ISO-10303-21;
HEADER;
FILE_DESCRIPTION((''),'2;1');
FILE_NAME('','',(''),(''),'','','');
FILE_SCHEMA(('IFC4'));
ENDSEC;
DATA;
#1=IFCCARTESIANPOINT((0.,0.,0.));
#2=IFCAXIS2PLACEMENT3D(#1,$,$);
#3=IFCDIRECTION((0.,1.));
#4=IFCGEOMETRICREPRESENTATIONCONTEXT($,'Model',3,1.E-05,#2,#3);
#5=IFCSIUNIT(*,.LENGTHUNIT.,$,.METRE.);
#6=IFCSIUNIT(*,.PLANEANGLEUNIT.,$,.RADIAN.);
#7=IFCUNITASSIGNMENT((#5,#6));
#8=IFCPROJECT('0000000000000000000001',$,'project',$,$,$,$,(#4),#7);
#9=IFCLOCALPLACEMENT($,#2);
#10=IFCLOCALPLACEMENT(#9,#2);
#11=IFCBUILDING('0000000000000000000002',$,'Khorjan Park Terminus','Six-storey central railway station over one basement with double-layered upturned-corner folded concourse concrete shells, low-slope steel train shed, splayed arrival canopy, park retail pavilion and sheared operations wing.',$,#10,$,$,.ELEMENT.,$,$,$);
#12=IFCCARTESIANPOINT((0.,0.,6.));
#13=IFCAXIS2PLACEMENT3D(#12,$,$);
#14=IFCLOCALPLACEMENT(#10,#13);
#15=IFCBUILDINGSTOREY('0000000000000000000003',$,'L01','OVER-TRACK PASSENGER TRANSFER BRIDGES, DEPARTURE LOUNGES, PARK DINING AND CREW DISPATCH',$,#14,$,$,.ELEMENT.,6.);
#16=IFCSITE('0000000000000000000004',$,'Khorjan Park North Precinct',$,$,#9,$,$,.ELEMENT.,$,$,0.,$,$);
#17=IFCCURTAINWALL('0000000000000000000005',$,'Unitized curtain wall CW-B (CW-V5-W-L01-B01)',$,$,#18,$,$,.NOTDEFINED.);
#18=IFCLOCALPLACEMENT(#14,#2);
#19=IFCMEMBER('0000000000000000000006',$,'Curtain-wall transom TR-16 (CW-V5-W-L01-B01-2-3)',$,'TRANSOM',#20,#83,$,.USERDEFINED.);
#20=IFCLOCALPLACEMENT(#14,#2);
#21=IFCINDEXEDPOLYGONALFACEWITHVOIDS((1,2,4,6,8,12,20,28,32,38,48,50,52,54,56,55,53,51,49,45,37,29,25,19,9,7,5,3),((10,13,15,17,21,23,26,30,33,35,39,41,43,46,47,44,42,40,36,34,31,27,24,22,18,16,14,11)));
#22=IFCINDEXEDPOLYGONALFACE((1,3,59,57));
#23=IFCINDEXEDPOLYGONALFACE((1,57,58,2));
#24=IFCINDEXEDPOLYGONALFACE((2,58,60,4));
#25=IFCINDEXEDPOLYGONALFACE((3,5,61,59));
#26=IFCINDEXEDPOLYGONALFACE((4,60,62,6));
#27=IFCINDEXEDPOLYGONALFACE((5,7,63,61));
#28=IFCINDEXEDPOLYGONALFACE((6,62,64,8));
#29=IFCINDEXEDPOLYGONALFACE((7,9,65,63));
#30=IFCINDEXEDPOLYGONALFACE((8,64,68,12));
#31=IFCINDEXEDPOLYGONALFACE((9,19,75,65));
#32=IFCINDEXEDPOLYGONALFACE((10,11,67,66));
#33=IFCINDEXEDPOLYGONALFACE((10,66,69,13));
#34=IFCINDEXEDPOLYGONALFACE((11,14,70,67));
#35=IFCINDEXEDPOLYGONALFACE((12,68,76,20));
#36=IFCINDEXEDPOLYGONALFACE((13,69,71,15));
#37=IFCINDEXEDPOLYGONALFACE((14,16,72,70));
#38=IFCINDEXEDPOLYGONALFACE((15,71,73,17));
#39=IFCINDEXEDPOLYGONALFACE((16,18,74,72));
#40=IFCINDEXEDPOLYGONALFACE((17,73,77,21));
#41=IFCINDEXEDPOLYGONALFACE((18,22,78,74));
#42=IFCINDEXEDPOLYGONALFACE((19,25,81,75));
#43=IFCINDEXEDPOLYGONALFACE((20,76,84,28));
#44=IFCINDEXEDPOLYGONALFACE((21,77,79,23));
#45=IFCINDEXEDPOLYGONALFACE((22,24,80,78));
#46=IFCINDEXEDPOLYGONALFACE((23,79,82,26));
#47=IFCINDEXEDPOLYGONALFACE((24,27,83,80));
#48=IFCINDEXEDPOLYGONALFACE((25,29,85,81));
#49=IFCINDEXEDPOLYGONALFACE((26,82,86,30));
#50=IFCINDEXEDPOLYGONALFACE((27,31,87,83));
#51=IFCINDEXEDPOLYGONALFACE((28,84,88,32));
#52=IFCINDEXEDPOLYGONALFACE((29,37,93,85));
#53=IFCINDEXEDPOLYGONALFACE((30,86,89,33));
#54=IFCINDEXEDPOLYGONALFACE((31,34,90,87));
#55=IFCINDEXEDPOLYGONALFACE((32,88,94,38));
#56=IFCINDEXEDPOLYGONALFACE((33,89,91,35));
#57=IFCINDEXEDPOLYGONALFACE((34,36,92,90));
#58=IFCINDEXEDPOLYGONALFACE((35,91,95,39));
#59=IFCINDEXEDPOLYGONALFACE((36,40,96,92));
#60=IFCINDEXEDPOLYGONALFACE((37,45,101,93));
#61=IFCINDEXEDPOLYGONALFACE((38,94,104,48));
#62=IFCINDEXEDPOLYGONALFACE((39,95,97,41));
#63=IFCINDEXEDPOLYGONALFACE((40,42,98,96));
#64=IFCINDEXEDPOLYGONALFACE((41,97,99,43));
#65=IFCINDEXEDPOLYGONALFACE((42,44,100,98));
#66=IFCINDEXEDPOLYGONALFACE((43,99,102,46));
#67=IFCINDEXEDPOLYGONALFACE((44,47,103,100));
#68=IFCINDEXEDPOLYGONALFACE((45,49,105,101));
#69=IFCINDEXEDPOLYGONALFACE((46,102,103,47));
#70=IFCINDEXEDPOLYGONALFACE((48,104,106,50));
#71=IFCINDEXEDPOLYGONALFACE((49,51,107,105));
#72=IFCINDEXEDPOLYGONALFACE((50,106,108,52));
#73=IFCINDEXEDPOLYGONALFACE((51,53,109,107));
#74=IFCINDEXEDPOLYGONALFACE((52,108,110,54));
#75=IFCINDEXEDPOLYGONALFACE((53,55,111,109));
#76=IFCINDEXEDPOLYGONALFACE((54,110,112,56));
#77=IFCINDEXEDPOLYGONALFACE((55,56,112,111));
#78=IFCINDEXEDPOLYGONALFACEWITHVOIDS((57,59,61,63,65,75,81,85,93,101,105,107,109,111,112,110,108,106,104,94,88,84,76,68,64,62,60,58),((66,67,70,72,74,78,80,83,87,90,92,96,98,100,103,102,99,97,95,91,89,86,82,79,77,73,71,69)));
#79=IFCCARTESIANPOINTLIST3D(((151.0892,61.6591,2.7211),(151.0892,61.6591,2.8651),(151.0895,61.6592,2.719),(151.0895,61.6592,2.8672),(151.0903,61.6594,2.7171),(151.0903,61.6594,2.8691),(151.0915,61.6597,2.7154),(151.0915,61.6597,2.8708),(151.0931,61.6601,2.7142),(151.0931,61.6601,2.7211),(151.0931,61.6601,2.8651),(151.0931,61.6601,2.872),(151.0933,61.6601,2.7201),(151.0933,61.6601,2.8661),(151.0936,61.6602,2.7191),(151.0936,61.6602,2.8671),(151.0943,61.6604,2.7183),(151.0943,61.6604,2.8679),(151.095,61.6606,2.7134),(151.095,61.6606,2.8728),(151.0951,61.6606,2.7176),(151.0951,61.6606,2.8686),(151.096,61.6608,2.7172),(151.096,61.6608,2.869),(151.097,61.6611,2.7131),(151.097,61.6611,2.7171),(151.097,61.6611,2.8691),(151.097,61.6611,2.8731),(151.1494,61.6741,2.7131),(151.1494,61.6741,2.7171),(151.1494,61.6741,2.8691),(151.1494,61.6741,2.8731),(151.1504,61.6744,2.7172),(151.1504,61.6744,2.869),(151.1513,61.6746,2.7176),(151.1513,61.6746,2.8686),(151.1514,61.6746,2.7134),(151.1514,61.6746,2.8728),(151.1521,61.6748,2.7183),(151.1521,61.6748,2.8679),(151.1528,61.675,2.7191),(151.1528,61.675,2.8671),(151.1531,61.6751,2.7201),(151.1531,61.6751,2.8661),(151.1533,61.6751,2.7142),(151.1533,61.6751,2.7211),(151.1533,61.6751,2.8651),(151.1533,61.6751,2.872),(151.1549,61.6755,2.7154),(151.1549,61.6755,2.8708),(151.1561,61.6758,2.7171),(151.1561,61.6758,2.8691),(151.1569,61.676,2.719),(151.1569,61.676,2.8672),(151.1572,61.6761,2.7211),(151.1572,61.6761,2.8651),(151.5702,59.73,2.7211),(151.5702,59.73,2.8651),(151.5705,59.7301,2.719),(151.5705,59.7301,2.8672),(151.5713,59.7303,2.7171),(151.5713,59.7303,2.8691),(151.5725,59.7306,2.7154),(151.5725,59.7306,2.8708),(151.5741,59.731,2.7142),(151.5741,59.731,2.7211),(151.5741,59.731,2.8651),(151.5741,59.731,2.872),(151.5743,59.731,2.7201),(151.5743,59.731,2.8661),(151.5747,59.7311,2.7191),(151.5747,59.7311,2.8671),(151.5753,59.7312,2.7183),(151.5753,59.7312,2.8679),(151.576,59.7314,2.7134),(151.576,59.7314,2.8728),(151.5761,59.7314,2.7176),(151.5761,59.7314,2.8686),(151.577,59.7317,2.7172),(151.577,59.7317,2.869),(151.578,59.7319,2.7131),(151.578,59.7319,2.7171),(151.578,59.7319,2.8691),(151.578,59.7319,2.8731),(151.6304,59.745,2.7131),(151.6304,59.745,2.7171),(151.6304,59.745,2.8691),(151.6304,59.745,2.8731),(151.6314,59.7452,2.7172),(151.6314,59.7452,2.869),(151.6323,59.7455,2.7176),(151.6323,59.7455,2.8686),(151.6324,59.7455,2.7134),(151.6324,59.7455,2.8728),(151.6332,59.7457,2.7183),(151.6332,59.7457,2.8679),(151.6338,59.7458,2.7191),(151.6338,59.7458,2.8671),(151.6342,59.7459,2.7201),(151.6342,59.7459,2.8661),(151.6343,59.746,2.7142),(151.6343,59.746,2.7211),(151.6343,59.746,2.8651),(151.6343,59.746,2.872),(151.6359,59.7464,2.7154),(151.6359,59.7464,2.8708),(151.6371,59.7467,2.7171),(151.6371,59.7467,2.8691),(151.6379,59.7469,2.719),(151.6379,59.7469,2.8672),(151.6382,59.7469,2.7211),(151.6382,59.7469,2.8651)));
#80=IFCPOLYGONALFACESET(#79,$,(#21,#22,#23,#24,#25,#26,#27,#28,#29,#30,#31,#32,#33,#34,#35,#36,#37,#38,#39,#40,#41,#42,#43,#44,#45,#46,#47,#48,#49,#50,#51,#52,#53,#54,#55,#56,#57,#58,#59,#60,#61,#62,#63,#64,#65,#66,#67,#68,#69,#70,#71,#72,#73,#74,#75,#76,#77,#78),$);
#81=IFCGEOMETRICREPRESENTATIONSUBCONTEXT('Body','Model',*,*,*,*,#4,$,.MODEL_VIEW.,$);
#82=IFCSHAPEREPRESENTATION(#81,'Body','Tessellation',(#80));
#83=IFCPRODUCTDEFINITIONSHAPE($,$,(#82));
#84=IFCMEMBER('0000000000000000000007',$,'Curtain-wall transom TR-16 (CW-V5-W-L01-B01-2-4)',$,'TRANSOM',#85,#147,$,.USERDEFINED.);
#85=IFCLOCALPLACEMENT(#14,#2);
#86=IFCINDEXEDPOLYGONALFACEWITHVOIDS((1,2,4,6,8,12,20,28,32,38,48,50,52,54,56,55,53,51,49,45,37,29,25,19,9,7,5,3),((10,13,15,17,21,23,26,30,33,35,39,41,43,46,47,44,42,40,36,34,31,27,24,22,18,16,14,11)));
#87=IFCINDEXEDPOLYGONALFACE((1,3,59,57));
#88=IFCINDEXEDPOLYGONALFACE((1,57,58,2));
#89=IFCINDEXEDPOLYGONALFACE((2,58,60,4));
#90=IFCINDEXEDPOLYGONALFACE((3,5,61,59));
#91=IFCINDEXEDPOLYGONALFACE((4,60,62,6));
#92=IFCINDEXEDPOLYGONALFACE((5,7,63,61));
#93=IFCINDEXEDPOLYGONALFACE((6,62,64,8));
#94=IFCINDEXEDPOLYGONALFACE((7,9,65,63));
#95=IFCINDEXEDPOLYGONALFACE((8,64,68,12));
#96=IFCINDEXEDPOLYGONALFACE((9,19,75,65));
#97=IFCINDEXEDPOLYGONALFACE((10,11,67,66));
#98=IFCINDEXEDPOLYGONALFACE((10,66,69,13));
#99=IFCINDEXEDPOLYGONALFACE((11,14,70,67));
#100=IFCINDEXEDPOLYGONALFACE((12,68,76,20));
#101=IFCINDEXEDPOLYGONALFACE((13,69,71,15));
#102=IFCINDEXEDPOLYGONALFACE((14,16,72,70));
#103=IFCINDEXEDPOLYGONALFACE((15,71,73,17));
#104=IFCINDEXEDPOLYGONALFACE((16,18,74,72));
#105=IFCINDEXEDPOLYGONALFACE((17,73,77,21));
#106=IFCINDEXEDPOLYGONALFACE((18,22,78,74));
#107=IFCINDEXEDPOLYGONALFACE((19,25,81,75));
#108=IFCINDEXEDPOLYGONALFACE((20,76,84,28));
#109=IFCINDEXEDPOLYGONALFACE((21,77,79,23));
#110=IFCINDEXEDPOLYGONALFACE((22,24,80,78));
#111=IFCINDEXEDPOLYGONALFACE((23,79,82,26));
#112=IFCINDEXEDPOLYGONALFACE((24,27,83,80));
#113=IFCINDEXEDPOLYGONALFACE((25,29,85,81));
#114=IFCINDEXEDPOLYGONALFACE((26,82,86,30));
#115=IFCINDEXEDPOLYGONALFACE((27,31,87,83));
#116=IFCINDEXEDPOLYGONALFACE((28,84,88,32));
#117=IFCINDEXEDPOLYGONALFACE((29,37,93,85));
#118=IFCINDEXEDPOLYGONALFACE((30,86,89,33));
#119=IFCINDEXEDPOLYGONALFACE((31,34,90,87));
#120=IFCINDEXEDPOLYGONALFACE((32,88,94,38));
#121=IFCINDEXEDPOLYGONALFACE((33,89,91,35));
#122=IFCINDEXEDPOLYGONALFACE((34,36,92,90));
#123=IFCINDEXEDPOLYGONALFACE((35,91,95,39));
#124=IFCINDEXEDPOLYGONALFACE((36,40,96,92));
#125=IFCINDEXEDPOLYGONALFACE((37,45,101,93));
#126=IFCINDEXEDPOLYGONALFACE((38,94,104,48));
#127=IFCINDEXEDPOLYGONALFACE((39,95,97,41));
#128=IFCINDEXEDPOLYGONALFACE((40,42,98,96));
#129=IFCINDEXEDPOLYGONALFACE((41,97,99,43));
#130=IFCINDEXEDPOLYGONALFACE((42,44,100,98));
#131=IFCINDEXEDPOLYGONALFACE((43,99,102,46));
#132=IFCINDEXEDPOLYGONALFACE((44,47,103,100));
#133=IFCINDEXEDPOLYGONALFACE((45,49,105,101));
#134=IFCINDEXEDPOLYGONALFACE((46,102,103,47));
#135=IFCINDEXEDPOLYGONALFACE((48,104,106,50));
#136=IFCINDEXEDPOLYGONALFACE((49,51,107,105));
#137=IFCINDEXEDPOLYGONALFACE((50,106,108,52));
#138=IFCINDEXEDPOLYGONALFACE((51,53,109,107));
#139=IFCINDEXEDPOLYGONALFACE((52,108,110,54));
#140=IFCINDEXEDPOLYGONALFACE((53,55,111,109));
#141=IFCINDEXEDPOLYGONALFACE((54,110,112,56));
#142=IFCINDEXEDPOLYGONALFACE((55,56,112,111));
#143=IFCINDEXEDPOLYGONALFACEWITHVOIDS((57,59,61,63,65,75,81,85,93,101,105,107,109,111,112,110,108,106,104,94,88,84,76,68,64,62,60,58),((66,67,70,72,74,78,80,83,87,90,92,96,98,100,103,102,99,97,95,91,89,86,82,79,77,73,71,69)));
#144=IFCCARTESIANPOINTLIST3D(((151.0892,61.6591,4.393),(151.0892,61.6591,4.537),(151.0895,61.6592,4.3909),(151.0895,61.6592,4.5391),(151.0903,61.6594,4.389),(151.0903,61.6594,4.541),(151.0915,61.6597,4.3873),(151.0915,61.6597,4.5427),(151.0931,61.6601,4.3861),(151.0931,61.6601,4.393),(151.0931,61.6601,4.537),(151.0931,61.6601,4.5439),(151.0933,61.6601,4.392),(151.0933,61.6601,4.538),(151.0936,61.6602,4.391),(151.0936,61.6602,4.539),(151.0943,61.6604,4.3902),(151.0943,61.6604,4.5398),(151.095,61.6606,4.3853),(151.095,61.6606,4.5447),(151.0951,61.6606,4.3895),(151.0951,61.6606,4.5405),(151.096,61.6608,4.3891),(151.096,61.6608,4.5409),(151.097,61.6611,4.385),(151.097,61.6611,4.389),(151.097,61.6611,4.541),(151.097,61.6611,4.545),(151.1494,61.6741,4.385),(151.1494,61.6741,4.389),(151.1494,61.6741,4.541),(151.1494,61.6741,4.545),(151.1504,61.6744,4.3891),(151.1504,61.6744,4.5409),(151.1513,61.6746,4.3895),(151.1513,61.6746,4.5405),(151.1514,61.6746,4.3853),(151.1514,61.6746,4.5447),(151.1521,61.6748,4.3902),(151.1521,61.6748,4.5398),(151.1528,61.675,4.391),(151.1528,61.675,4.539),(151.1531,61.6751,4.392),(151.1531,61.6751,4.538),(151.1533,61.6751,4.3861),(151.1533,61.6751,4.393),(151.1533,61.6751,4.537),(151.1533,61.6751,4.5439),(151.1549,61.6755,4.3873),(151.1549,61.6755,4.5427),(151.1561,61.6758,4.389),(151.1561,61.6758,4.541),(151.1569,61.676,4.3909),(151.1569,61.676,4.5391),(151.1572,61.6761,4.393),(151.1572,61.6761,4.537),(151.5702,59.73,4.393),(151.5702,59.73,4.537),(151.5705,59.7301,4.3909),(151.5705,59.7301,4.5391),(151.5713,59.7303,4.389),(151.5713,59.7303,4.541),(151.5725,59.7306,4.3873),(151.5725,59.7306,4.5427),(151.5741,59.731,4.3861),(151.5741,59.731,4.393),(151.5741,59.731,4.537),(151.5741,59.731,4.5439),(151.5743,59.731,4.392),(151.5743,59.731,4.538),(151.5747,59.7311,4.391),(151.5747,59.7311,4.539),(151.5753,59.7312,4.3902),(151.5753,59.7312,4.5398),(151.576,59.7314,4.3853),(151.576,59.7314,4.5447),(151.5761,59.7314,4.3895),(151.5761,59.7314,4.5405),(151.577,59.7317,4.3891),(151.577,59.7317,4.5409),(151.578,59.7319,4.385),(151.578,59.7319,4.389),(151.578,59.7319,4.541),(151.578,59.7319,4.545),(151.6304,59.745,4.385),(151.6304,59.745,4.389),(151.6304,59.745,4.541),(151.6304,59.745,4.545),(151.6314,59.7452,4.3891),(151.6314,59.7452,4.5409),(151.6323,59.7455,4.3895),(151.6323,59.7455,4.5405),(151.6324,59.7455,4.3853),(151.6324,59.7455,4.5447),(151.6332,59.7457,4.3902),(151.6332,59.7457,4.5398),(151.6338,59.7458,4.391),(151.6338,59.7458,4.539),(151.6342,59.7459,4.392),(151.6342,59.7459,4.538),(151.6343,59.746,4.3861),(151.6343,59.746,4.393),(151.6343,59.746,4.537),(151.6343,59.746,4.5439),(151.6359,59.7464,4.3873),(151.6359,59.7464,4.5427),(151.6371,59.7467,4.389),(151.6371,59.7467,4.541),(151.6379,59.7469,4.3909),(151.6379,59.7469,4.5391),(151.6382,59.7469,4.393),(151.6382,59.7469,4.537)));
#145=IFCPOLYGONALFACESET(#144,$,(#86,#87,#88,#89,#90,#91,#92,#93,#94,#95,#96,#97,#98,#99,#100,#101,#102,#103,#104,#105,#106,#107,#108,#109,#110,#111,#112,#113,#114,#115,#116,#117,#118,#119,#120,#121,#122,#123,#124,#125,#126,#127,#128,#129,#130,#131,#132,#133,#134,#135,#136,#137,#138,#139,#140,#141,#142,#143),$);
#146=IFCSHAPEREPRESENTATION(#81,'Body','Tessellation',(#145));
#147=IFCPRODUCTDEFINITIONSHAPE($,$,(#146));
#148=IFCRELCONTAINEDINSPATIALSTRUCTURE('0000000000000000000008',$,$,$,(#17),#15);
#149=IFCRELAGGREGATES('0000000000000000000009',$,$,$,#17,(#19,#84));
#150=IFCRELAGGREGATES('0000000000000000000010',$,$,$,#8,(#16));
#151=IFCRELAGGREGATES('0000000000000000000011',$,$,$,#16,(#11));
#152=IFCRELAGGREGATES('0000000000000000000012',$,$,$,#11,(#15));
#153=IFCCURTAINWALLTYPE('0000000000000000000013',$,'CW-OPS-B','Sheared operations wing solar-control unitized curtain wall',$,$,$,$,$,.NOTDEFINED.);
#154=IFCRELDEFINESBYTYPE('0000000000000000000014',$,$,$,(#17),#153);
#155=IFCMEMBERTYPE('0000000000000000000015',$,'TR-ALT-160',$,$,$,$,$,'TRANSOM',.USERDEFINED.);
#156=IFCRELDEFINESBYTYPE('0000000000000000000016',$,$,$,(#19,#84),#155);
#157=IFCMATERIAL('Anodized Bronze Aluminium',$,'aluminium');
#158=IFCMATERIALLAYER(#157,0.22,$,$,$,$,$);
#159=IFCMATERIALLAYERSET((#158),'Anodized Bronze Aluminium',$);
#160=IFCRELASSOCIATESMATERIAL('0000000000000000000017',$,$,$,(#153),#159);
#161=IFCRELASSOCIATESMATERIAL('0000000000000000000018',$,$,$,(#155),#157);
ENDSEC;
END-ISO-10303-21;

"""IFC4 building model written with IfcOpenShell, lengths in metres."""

from ifc_helpers import new_model, si_unit, direction, frame, origin, origin_2d, place, context, subcontext, project, spatial, hollow_rectangle, extrude, material, layer, layer_set, material_profile, profile_set, type_object, element, aggregate, save


model = new_model("IFC4")

# Units and contexts
model_context = context("Model", 3, precision=1e-05, world=origin(), true_north=direction((0.0, 1.0)))
body_context = subcontext(model_context, "Body", "Model", "MODEL_VIEW")
ifc_project = project(units=[si_unit("LENGTHUNIT", "METRE"), si_unit("PLANEANGLEUNIT", "RADIAN")], contexts=[model_context])

# Site, building, storey
site_placement = place(None, origin())
site = spatial("IfcSite", under=ifc_project, at=site_placement, Name="Khorjan Park North Precinct", CompositionType="ELEMENT", RefElevation=0.0)
building_placement = place(site_placement, origin())
building = spatial("IfcBuilding", under=site, at=building_placement, Name="Khorjan Park Terminus", Description="Six-storey central railway station over one basement with double-layered upturned-corner folded concourse concrete shells, low-slope steel train shed, splayed arrival canopy, park retail pavilion and sheared operations wing.", CompositionType="ELEMENT")
storey_placement = place(building_placement, frame((0.0, 0.0, 6.0)))
storey = spatial("IfcBuildingStorey", under=building, at=storey_placement, Name="L01", Description="OVER-TRACK PASSENGER TRANSFER BRIDGES, DEPARTURE LOUNGES, PARK DINING AND CREW DISPATCH", CompositionType="ELEMENT", Elevation=6.0)

# Curtain wall, members
ifc_material_1 = material(Name="Anodized Bronze Aluminium", Category="aluminium")
ifc_layer_1 = layer(ifc_material_1, 0.22)
ifc_layer_set_1 = layer_set([ifc_layer_1], Name="Anodized Bronze Aluminium")
curtain_wall_type = type_object("IfcCurtainWallType", Name="CW-OPS-B", Description="Sheared operations wing solar-control unitized curtain wall", PredefinedType="NOTDEFINED", material=ifc_layer_set_1)
curtain_wall_placement = place(storey_placement, origin())
curtain_wall = element("IfcCurtainWall", 1, at=curtain_wall_placement, inside=storey, type_object=curtain_wall_type, Name="Unitized curtain wall CW-B (CW-V5-W-L01-B01)", PredefinedType="NOTDEFINED")
ifc_material_profile_1 = material_profile(ifc_material_1, hollow_rectangle(XDim=0.07, YDim=0.16, WallThickness=0.004, InnerFilletRadius=0.004, OuterFilletRadius=0.008, at=origin_2d()), Name="ALT 70x160x4")
ifc_profile_set_1 = profile_set([ifc_material_profile_1], Name="Anodized Bronze Aluminium")
member_type_1 = type_object("IfcMemberType", Name="TR-ALT-160", ElementType="TRANSOM", PredefinedType="USERDEFINED", material=ifc_profile_set_1)
member_1_placement = place(storey_placement, frame((151.1232, 61.6676, 2.7931), z_axis=(0.241932, -0.970293, 0.0), x_axis=(0.970293, 0.241932, 0.0)))
member_1 = element("IfcMember", 2, at=member_1_placement, type_object=member_type_1, Name="Curtain-wall transom TR-16 (CW-V5-W-L01-B01-2-3)", ObjectType="TRANSOM", PredefinedType="USERDEFINED", context=body_context, shape_type="SweptSolid", body=[
    extrude(hollow_rectangle(XDim=0.07, YDim=0.16, WallThickness=0.004, InnerFilletRadius=0.004, OuterFilletRadius=0.008, at=origin_2d()), origin(), (0.0, 0.0, 1.0), 1.9882),
])
member_2_placement = place(storey_placement, frame((151.1232, 61.6676, 4.465), z_axis=(0.241932, -0.970293, 0.0), x_axis=(0.970293, 0.241932, 0.0)))
member_2 = element("IfcMember", 3, at=member_2_placement, type_object=member_type_1, Name="Curtain-wall transom TR-16 (CW-V5-W-L01-B01-2-4)", ObjectType="TRANSOM", PredefinedType="USERDEFINED", context=body_context, shape_type="SweptSolid", body=[
    extrude(hollow_rectangle(XDim=0.07, YDim=0.16, WallThickness=0.004, InnerFilletRadius=0.004, OuterFilletRadius=0.008, at=origin_2d()), origin(), (0.0, 0.0, 1.0), 1.9882),
])
aggregate(curtain_wall, [member_1, member_2])

save(model, "model.ifc")
